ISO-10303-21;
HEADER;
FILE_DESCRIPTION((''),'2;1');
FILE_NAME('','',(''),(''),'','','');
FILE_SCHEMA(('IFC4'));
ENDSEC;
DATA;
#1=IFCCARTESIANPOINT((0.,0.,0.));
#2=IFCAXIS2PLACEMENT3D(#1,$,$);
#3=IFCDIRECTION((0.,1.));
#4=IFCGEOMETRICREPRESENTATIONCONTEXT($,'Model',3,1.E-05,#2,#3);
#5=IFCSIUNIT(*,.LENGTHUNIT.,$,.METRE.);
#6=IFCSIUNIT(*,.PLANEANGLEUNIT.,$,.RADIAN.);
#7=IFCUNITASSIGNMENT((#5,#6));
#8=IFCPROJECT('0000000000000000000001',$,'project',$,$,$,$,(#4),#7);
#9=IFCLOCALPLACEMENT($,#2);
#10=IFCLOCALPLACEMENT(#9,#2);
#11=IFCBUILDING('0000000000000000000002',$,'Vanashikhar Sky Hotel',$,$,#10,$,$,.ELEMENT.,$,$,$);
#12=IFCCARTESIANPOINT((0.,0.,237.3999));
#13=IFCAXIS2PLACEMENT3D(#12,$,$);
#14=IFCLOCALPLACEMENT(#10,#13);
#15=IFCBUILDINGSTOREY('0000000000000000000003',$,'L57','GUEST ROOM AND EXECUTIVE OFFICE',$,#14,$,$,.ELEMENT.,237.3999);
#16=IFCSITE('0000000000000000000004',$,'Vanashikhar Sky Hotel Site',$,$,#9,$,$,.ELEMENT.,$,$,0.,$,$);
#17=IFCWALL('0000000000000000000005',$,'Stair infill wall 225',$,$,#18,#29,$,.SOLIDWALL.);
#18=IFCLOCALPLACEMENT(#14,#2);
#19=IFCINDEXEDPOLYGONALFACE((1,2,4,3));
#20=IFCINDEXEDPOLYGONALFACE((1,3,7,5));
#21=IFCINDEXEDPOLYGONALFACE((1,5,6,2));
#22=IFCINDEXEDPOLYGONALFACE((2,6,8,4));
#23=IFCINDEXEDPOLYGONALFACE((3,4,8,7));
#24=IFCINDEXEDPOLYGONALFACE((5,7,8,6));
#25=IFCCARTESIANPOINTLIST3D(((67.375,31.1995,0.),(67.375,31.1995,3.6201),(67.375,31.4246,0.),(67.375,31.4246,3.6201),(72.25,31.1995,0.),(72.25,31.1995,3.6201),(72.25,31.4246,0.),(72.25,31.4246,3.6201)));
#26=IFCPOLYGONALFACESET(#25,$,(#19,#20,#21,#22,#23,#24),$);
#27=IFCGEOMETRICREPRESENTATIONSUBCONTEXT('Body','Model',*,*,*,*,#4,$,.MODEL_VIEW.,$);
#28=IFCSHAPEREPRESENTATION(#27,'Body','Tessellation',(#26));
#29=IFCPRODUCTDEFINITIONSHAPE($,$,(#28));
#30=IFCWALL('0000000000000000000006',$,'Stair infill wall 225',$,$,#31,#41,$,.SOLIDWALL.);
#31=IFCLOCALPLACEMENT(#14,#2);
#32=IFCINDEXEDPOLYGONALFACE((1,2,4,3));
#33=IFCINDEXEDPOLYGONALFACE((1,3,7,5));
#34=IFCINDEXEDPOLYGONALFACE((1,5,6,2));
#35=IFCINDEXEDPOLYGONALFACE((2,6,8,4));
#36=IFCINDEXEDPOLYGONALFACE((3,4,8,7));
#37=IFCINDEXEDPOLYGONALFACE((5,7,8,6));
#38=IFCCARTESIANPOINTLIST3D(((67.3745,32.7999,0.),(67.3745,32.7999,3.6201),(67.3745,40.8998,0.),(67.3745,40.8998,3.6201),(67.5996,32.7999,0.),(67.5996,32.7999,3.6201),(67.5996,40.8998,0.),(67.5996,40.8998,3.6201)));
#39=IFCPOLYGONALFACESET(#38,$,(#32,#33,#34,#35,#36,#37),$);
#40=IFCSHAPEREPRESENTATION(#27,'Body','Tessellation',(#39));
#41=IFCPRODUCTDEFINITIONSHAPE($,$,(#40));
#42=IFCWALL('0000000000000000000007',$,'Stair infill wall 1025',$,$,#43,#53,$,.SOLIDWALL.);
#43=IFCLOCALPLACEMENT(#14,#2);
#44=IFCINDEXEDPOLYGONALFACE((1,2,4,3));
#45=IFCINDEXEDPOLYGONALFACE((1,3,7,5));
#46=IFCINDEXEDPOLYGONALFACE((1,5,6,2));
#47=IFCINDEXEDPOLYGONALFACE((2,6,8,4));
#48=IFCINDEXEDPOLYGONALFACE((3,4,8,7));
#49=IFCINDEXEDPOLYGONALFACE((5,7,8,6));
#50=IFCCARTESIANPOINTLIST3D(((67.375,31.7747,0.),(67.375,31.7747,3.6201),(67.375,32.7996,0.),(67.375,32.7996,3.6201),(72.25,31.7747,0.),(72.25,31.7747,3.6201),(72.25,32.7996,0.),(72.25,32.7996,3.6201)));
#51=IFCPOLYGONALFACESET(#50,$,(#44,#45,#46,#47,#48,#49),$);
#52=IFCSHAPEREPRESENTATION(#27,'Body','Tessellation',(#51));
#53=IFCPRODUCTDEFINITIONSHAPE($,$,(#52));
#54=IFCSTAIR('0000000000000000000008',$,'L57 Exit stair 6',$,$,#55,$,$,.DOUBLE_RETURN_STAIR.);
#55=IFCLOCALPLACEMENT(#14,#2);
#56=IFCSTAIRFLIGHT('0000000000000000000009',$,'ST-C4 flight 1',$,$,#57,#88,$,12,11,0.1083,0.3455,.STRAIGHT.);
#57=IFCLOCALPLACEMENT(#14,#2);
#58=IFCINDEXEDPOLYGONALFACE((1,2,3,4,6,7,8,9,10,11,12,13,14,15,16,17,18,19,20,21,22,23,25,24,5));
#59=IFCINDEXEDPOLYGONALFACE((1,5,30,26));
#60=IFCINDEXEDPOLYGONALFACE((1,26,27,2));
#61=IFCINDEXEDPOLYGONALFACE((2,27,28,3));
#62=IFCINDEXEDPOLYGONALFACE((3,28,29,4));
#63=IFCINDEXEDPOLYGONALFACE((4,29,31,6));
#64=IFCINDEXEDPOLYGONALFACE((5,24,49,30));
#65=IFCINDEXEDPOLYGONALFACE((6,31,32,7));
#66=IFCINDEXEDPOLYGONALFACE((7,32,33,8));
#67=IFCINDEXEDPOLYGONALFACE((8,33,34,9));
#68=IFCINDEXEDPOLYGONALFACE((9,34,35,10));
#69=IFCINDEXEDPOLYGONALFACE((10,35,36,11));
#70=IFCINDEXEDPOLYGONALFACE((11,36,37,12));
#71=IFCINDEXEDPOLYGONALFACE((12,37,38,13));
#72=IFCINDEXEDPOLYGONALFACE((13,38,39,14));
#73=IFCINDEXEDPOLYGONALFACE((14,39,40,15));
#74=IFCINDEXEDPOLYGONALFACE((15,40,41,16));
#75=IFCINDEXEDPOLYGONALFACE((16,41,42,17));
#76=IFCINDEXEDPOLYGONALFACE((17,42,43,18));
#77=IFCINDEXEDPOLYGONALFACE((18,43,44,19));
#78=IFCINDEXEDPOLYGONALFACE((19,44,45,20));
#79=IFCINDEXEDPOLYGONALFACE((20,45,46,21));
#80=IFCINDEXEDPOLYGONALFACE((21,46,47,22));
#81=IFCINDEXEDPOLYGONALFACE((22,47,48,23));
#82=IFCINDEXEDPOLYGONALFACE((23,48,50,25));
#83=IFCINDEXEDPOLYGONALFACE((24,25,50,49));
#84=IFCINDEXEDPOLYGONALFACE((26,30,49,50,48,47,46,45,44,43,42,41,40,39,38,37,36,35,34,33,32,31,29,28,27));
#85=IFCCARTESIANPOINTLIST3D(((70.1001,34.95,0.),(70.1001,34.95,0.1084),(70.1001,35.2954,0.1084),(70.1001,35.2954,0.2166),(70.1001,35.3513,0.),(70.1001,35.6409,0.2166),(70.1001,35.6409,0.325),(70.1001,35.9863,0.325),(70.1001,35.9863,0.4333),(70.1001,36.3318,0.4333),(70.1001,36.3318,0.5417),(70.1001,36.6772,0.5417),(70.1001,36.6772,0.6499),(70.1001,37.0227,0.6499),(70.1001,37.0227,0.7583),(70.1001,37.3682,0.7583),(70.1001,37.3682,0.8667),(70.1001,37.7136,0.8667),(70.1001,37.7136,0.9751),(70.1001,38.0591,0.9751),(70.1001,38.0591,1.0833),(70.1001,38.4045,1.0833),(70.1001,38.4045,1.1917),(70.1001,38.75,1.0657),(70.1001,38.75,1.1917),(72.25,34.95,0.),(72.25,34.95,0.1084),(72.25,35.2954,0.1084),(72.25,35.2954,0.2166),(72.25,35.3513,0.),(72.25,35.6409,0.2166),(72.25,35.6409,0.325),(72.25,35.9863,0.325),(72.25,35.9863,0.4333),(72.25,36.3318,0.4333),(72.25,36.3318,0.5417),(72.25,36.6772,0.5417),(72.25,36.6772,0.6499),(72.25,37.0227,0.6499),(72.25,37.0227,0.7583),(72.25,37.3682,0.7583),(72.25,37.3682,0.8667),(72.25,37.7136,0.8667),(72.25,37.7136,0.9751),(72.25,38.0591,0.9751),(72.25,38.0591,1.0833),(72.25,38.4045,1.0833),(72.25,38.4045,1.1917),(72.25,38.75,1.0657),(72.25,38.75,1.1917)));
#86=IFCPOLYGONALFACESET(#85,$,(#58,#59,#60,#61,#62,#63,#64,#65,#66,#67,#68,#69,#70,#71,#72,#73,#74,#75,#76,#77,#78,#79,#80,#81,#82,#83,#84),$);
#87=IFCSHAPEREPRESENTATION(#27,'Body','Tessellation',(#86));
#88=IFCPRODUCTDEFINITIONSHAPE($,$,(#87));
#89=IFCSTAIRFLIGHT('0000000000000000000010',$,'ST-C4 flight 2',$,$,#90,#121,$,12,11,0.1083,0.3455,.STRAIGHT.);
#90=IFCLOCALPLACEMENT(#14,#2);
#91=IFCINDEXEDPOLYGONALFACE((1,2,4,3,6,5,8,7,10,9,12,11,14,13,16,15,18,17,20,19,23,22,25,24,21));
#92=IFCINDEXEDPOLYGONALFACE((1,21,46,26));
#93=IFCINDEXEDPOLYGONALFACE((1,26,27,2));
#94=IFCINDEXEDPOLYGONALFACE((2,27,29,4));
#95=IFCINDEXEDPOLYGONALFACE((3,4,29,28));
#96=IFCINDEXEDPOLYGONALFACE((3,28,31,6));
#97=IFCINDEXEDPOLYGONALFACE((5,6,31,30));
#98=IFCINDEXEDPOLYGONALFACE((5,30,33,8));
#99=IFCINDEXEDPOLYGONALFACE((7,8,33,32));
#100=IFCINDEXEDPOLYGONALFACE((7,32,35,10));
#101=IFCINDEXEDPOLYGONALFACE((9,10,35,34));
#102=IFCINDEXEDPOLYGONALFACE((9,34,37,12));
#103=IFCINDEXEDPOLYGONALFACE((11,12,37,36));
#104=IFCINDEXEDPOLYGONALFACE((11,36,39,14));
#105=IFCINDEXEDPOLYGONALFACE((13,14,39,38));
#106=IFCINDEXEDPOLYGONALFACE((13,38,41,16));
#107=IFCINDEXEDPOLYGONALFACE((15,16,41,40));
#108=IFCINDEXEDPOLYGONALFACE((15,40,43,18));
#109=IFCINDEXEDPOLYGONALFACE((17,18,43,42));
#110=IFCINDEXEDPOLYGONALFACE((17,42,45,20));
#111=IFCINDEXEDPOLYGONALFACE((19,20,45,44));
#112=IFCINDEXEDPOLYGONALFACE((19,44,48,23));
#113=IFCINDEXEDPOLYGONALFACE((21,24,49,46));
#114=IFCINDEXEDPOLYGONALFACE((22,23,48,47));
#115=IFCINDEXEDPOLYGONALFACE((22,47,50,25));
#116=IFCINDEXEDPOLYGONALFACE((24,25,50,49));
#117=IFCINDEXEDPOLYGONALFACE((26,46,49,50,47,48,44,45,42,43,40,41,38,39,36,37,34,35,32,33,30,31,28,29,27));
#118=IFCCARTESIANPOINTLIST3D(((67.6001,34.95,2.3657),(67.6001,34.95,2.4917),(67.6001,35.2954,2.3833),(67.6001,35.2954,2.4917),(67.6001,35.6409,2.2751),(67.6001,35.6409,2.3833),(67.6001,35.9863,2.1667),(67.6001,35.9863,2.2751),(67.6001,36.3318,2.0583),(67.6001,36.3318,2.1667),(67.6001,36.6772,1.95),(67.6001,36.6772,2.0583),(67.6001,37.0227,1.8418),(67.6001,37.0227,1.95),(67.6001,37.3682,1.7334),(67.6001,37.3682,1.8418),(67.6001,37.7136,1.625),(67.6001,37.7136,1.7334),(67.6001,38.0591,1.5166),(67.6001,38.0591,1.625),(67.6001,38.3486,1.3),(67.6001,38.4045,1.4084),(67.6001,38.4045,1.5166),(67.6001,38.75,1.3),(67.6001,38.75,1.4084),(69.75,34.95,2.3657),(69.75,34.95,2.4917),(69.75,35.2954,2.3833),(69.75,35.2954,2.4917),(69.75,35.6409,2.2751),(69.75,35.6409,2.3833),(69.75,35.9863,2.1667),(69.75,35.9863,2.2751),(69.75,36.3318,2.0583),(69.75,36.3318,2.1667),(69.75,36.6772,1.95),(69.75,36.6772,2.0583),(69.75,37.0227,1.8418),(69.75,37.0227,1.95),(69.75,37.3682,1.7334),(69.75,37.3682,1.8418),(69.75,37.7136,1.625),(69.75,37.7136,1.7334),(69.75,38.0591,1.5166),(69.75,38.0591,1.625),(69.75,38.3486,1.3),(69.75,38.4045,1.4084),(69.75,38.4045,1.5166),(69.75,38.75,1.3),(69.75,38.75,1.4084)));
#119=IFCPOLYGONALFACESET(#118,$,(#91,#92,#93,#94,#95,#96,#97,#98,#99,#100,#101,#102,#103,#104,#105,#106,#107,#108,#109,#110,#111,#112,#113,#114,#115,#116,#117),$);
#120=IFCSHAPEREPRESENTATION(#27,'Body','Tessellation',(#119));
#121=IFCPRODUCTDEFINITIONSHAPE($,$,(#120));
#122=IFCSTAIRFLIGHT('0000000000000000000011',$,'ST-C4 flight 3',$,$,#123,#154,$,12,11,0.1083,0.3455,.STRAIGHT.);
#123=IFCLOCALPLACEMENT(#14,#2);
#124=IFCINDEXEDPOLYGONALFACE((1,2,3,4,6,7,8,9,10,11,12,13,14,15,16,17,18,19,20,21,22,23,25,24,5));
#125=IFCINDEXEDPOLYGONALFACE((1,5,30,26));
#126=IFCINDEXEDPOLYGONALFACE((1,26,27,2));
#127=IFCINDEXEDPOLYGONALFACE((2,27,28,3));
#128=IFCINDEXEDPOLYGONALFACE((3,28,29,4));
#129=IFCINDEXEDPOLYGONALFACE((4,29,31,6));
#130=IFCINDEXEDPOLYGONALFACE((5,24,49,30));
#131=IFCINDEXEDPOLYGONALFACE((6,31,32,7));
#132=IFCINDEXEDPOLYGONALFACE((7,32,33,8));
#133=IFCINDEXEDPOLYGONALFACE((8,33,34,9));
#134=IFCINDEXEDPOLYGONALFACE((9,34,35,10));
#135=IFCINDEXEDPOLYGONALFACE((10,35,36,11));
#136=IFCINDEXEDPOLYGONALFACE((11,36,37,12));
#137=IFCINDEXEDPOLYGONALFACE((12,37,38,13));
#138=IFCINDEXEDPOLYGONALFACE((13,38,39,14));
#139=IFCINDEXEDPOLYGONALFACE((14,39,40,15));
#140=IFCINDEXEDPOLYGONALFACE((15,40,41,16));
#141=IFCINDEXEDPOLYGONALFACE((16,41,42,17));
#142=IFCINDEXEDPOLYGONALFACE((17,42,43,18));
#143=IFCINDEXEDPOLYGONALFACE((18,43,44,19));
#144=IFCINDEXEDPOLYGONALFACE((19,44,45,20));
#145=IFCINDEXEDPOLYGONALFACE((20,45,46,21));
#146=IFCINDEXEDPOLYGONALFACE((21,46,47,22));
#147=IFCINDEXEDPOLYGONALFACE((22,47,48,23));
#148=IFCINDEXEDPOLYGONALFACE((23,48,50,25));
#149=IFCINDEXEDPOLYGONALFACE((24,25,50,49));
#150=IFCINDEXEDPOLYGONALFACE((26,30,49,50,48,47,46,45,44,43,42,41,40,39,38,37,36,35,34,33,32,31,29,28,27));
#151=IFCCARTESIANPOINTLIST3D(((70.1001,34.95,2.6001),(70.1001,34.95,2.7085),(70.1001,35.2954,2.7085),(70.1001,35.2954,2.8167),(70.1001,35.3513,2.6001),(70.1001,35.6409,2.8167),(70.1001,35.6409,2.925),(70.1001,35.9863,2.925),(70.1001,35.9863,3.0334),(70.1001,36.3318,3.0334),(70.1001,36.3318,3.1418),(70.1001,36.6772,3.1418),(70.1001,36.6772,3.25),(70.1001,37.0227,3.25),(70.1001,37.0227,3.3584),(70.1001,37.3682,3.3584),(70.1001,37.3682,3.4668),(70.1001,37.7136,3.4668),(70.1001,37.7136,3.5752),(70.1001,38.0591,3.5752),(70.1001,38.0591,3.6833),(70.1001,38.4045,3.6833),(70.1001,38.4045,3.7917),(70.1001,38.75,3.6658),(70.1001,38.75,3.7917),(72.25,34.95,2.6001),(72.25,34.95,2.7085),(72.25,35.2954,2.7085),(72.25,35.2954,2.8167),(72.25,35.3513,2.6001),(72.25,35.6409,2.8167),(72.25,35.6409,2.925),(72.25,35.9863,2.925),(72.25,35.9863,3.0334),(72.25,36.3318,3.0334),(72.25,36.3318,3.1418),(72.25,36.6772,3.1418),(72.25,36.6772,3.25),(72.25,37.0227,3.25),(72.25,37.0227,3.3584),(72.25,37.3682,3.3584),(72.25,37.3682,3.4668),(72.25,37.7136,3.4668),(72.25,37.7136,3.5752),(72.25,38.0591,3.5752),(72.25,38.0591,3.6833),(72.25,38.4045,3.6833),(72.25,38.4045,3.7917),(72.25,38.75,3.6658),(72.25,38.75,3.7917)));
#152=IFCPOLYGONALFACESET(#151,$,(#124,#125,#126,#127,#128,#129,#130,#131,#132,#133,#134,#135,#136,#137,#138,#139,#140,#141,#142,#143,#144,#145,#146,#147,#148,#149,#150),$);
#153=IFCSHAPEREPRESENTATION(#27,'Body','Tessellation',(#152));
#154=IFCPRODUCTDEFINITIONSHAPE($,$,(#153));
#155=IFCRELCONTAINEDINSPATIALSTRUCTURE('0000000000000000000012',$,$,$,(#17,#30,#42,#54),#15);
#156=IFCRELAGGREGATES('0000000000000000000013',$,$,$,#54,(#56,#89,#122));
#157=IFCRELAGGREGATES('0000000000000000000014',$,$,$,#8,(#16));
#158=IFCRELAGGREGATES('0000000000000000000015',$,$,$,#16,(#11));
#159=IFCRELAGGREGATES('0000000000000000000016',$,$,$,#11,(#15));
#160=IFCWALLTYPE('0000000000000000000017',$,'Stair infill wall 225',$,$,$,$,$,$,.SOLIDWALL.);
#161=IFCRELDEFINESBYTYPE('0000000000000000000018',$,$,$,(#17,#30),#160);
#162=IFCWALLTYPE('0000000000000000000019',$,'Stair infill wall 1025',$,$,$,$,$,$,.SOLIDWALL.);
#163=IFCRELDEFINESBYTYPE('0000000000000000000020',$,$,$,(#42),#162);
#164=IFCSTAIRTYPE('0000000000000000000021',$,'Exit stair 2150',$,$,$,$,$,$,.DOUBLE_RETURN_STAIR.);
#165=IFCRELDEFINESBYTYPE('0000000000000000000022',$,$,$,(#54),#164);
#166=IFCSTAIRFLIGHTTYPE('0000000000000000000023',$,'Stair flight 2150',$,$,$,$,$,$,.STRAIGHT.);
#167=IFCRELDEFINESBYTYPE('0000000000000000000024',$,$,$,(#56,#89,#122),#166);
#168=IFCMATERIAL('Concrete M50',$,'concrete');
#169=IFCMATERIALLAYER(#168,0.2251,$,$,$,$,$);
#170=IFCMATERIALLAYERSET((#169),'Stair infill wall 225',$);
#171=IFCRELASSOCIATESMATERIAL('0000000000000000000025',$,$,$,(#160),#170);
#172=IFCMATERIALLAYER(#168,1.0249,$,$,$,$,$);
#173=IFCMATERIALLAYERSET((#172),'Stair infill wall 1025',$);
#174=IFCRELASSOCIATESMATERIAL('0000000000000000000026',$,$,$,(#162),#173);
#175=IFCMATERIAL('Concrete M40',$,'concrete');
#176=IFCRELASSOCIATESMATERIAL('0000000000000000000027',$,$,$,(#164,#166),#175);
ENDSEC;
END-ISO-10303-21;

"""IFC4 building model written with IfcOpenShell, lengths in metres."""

from ifc_helpers import new_model, si_unit, direction, frame, frame_2d, origin, place, context, subcontext, project, spatial, polyline, rectangle, outline, extrude, source, transform, mapped, material, layer, layer_set, type_object, element, aggregate, save


model = new_model("IFC4")

# Units and contexts
model_context = context("Model", 3, precision=1e-05, world=origin(), true_north=direction((0.0, 1.0)))
body_context = subcontext(model_context, "Body", "Model", "MODEL_VIEW")
ifc_project = project(units=[si_unit("LENGTHUNIT", "METRE"), si_unit("PLANEANGLEUNIT", "RADIAN")], contexts=[model_context])

# Site, building, storey
site_placement = place(None, origin())
site = spatial("IfcSite", under=ifc_project, at=site_placement, Name="Vanashikhar Sky Hotel Site", CompositionType="ELEMENT", RefElevation=0.0)
building_placement = place(site_placement, origin())
building = spatial("IfcBuilding", under=site, at=building_placement, Name="Vanashikhar Sky Hotel", CompositionType="ELEMENT")
storey_placement = place(building_placement, frame((0.0, 0.0, 237.3999)))
storey = spatial("IfcBuildingStorey", under=building, at=storey_placement, Name="L57", Description="GUEST ROOM AND EXECUTIVE OFFICE", CompositionType="ELEMENT", Elevation=237.3999)

# Shared definitions
ifc_material_1 = material(Name="Concrete M50", Category="concrete")

# Shared definitions
ifc_material_2 = material(Name="Concrete M40", Category="concrete")

# Walls
ifc_layer_1 = layer(ifc_material_1, 0.2251)
ifc_layer_set_1 = layer_set([ifc_layer_1], Name="Stair infill wall 225")
wall_type_1 = type_object("IfcWallType", Name="Stair infill wall 225", PredefinedType="SOLIDWALL", material=ifc_layer_set_1)
shared_shape_1 = source(origin(), body_context, "Body", "SweptSolid", [
    extrude(rectangle(XDim=4.875, YDim=0.2251, at=frame_2d((2.4375, 0.0))), origin(), (0.0, 0.0, 1.0), 3.6201),
])
wall_1_placement = place(storey_placement, frame((67.375, 31.312, 0.0), z_axis=(0.0, 0.0, 1.0), x_axis=(1.0, 0.0, 0.0)))
element("IfcWall", 1, at=wall_1_placement, inside=storey, type_object=wall_type_1, Name="Stair infill wall 225", PredefinedType="SOLIDWALL", context=body_context, shape_type="MappedRepresentation", body=[
    mapped(shared_shape_1, transform((0.0, 0.0, 0.0), scale=1.0)),
])
shared_shape_2 = source(origin(), body_context, "Body", "SweptSolid", [
    extrude(rectangle(XDim=8.0999, YDim=0.2251, at=frame_2d((4.0498, 0.0))), origin(), (0.0, 0.0, 1.0), 3.6201),
])
wall_2_placement = place(storey_placement, frame((67.4871, 32.8, 0.0), z_axis=(0.0, 0.0, 1.0), x_axis=(0.0, 1.0, 0.0)))
element("IfcWall", 2, at=wall_2_placement, inside=storey, type_object=wall_type_1, Name="Stair infill wall 225", PredefinedType="SOLIDWALL", context=body_context, shape_type="MappedRepresentation", body=[
    mapped(shared_shape_2, transform((0.0, 0.0, 0.0), scale=1.0)),
])
ifc_layer_2 = layer(ifc_material_1, 1.0249)
ifc_layer_set_2 = layer_set([ifc_layer_2], Name="Stair infill wall 1025")
wall_type_2 = type_object("IfcWallType", Name="Stair infill wall 1025", PredefinedType="SOLIDWALL", material=ifc_layer_set_2)
shared_shape_3 = source(origin(), body_context, "Body", "SweptSolid", [
    extrude(rectangle(XDim=4.875, YDim=1.0249, at=frame_2d((2.4375, 0.0))), origin(), (0.0, 0.0, 1.0), 3.6201),
])
wall_3_placement = place(storey_placement, frame((67.375, 32.2871, 0.0), z_axis=(0.0, 0.0, 1.0), x_axis=(1.0, 0.0, 0.0)))
element("IfcWall", 3, at=wall_3_placement, inside=storey, type_object=wall_type_2, Name="Stair infill wall 1025", PredefinedType="SOLIDWALL", context=body_context, shape_type="MappedRepresentation", body=[
    mapped(shared_shape_3, transform((0.0, 0.0, 0.0), scale=1.0)),
])

# Stair, stair flights
stair_type = type_object("IfcStairType", Name="Exit stair 2150", PredefinedType="DOUBLE_RETURN_STAIR", material=ifc_material_2)
stair_placement = place(storey_placement, origin())
stair = element("IfcStair", 4, at=stair_placement, inside=storey, type_object=stair_type, Name="L57 Exit stair 6", PredefinedType="DOUBLE_RETURN_STAIR")
stair_flight_type = type_object("IfcStairFlightType", Name="Stair flight 2150", PredefinedType="STRAIGHT", material=ifc_material_2)
shared_shape_4 = source(origin(), body_context, "Body", "SweptSolid", [
    extrude(outline(polyline([(0.0, 0.0), (0.0, 0.1084), (0.3455, 0.1084), (0.3455, 0.2166), (0.6909, 0.2166), (0.6909, 0.325), (1.0364, 0.325), (1.0364, 0.4333), (1.3818, 0.4333), (1.3818, 0.5417), (1.7273, 0.5417), (1.7273, 0.6499), (2.0728, 0.6499), (2.0728, 0.7583), (2.4182, 0.7583), (2.4182, 0.8667), (2.7637, 0.8667), (2.7637, 0.9751), (3.1091, 0.9751), (3.1091, 1.0833), (3.4546, 1.0833), (3.4546, 1.1917), (3.8, 1.1917), (3.8, 1.3), (3.8, 1.0657), (0.4014, 0.0), (0.0, 0.0)])), frame((0.0, 1.075, 0.0), z_axis=(0.0, -1.0, 0.0), x_axis=(1.0, 0.0, 0.0)), (0.0, 0.0, 1.0), 2.1499),
])
stair_flight_1_placement = place(storey_placement, frame((71.175, 34.95, 0.0), z_axis=(0.0, 0.0, 1.0), x_axis=(0.0, 1.0, 0.0)))
stair_flight_1 = element("IfcStairFlight", 5, at=stair_flight_1_placement, type_object=stair_flight_type, Name="ST-C4 flight 1", NumberOfRisers=12, NumberOfTreads=11, PredefinedType="STRAIGHT", RiserHeight=0.1083, TreadLength=0.3455, context=body_context, shape_type="MappedRepresentation", body=[
    mapped(shared_shape_4, transform((0.0, 0.0, 0.0), scale=1.0)),
])
stair_flight_2_placement = place(storey_placement, frame((68.675, 38.75, 1.3), z_axis=(0.0, 0.0, 1.0), x_axis=(0.0, -1.0, 0.0)))
stair_flight_2 = element("IfcStairFlight", 6, at=stair_flight_2_placement, type_object=stair_flight_type, Name="ST-C4 flight 2", NumberOfRisers=12, NumberOfTreads=11, PredefinedType="STRAIGHT", RiserHeight=0.1083, TreadLength=0.3455, context=body_context, shape_type="MappedRepresentation", body=[
    mapped(shared_shape_4, transform((0.0, 0.0, 0.0), scale=1.0)),
])
stair_flight_3_placement = place(storey_placement, frame((71.175, 34.95, 2.6001), z_axis=(0.0, 0.0, 1.0), x_axis=(0.0, 1.0, 0.0)))
stair_flight_3 = element("IfcStairFlight", 7, at=stair_flight_3_placement, type_object=stair_flight_type, Name="ST-C4 flight 3", NumberOfRisers=12, NumberOfTreads=11, PredefinedType="STRAIGHT", RiserHeight=0.1083, TreadLength=0.3455, context=body_context, shape_type="MappedRepresentation", body=[
    mapped(shared_shape_4, transform((0.0, 0.0, 0.0), scale=1.0)),
])
aggregate(stair, [stair_flight_1, stair_flight_2, stair_flight_3])

save(model, "model.ifc")
